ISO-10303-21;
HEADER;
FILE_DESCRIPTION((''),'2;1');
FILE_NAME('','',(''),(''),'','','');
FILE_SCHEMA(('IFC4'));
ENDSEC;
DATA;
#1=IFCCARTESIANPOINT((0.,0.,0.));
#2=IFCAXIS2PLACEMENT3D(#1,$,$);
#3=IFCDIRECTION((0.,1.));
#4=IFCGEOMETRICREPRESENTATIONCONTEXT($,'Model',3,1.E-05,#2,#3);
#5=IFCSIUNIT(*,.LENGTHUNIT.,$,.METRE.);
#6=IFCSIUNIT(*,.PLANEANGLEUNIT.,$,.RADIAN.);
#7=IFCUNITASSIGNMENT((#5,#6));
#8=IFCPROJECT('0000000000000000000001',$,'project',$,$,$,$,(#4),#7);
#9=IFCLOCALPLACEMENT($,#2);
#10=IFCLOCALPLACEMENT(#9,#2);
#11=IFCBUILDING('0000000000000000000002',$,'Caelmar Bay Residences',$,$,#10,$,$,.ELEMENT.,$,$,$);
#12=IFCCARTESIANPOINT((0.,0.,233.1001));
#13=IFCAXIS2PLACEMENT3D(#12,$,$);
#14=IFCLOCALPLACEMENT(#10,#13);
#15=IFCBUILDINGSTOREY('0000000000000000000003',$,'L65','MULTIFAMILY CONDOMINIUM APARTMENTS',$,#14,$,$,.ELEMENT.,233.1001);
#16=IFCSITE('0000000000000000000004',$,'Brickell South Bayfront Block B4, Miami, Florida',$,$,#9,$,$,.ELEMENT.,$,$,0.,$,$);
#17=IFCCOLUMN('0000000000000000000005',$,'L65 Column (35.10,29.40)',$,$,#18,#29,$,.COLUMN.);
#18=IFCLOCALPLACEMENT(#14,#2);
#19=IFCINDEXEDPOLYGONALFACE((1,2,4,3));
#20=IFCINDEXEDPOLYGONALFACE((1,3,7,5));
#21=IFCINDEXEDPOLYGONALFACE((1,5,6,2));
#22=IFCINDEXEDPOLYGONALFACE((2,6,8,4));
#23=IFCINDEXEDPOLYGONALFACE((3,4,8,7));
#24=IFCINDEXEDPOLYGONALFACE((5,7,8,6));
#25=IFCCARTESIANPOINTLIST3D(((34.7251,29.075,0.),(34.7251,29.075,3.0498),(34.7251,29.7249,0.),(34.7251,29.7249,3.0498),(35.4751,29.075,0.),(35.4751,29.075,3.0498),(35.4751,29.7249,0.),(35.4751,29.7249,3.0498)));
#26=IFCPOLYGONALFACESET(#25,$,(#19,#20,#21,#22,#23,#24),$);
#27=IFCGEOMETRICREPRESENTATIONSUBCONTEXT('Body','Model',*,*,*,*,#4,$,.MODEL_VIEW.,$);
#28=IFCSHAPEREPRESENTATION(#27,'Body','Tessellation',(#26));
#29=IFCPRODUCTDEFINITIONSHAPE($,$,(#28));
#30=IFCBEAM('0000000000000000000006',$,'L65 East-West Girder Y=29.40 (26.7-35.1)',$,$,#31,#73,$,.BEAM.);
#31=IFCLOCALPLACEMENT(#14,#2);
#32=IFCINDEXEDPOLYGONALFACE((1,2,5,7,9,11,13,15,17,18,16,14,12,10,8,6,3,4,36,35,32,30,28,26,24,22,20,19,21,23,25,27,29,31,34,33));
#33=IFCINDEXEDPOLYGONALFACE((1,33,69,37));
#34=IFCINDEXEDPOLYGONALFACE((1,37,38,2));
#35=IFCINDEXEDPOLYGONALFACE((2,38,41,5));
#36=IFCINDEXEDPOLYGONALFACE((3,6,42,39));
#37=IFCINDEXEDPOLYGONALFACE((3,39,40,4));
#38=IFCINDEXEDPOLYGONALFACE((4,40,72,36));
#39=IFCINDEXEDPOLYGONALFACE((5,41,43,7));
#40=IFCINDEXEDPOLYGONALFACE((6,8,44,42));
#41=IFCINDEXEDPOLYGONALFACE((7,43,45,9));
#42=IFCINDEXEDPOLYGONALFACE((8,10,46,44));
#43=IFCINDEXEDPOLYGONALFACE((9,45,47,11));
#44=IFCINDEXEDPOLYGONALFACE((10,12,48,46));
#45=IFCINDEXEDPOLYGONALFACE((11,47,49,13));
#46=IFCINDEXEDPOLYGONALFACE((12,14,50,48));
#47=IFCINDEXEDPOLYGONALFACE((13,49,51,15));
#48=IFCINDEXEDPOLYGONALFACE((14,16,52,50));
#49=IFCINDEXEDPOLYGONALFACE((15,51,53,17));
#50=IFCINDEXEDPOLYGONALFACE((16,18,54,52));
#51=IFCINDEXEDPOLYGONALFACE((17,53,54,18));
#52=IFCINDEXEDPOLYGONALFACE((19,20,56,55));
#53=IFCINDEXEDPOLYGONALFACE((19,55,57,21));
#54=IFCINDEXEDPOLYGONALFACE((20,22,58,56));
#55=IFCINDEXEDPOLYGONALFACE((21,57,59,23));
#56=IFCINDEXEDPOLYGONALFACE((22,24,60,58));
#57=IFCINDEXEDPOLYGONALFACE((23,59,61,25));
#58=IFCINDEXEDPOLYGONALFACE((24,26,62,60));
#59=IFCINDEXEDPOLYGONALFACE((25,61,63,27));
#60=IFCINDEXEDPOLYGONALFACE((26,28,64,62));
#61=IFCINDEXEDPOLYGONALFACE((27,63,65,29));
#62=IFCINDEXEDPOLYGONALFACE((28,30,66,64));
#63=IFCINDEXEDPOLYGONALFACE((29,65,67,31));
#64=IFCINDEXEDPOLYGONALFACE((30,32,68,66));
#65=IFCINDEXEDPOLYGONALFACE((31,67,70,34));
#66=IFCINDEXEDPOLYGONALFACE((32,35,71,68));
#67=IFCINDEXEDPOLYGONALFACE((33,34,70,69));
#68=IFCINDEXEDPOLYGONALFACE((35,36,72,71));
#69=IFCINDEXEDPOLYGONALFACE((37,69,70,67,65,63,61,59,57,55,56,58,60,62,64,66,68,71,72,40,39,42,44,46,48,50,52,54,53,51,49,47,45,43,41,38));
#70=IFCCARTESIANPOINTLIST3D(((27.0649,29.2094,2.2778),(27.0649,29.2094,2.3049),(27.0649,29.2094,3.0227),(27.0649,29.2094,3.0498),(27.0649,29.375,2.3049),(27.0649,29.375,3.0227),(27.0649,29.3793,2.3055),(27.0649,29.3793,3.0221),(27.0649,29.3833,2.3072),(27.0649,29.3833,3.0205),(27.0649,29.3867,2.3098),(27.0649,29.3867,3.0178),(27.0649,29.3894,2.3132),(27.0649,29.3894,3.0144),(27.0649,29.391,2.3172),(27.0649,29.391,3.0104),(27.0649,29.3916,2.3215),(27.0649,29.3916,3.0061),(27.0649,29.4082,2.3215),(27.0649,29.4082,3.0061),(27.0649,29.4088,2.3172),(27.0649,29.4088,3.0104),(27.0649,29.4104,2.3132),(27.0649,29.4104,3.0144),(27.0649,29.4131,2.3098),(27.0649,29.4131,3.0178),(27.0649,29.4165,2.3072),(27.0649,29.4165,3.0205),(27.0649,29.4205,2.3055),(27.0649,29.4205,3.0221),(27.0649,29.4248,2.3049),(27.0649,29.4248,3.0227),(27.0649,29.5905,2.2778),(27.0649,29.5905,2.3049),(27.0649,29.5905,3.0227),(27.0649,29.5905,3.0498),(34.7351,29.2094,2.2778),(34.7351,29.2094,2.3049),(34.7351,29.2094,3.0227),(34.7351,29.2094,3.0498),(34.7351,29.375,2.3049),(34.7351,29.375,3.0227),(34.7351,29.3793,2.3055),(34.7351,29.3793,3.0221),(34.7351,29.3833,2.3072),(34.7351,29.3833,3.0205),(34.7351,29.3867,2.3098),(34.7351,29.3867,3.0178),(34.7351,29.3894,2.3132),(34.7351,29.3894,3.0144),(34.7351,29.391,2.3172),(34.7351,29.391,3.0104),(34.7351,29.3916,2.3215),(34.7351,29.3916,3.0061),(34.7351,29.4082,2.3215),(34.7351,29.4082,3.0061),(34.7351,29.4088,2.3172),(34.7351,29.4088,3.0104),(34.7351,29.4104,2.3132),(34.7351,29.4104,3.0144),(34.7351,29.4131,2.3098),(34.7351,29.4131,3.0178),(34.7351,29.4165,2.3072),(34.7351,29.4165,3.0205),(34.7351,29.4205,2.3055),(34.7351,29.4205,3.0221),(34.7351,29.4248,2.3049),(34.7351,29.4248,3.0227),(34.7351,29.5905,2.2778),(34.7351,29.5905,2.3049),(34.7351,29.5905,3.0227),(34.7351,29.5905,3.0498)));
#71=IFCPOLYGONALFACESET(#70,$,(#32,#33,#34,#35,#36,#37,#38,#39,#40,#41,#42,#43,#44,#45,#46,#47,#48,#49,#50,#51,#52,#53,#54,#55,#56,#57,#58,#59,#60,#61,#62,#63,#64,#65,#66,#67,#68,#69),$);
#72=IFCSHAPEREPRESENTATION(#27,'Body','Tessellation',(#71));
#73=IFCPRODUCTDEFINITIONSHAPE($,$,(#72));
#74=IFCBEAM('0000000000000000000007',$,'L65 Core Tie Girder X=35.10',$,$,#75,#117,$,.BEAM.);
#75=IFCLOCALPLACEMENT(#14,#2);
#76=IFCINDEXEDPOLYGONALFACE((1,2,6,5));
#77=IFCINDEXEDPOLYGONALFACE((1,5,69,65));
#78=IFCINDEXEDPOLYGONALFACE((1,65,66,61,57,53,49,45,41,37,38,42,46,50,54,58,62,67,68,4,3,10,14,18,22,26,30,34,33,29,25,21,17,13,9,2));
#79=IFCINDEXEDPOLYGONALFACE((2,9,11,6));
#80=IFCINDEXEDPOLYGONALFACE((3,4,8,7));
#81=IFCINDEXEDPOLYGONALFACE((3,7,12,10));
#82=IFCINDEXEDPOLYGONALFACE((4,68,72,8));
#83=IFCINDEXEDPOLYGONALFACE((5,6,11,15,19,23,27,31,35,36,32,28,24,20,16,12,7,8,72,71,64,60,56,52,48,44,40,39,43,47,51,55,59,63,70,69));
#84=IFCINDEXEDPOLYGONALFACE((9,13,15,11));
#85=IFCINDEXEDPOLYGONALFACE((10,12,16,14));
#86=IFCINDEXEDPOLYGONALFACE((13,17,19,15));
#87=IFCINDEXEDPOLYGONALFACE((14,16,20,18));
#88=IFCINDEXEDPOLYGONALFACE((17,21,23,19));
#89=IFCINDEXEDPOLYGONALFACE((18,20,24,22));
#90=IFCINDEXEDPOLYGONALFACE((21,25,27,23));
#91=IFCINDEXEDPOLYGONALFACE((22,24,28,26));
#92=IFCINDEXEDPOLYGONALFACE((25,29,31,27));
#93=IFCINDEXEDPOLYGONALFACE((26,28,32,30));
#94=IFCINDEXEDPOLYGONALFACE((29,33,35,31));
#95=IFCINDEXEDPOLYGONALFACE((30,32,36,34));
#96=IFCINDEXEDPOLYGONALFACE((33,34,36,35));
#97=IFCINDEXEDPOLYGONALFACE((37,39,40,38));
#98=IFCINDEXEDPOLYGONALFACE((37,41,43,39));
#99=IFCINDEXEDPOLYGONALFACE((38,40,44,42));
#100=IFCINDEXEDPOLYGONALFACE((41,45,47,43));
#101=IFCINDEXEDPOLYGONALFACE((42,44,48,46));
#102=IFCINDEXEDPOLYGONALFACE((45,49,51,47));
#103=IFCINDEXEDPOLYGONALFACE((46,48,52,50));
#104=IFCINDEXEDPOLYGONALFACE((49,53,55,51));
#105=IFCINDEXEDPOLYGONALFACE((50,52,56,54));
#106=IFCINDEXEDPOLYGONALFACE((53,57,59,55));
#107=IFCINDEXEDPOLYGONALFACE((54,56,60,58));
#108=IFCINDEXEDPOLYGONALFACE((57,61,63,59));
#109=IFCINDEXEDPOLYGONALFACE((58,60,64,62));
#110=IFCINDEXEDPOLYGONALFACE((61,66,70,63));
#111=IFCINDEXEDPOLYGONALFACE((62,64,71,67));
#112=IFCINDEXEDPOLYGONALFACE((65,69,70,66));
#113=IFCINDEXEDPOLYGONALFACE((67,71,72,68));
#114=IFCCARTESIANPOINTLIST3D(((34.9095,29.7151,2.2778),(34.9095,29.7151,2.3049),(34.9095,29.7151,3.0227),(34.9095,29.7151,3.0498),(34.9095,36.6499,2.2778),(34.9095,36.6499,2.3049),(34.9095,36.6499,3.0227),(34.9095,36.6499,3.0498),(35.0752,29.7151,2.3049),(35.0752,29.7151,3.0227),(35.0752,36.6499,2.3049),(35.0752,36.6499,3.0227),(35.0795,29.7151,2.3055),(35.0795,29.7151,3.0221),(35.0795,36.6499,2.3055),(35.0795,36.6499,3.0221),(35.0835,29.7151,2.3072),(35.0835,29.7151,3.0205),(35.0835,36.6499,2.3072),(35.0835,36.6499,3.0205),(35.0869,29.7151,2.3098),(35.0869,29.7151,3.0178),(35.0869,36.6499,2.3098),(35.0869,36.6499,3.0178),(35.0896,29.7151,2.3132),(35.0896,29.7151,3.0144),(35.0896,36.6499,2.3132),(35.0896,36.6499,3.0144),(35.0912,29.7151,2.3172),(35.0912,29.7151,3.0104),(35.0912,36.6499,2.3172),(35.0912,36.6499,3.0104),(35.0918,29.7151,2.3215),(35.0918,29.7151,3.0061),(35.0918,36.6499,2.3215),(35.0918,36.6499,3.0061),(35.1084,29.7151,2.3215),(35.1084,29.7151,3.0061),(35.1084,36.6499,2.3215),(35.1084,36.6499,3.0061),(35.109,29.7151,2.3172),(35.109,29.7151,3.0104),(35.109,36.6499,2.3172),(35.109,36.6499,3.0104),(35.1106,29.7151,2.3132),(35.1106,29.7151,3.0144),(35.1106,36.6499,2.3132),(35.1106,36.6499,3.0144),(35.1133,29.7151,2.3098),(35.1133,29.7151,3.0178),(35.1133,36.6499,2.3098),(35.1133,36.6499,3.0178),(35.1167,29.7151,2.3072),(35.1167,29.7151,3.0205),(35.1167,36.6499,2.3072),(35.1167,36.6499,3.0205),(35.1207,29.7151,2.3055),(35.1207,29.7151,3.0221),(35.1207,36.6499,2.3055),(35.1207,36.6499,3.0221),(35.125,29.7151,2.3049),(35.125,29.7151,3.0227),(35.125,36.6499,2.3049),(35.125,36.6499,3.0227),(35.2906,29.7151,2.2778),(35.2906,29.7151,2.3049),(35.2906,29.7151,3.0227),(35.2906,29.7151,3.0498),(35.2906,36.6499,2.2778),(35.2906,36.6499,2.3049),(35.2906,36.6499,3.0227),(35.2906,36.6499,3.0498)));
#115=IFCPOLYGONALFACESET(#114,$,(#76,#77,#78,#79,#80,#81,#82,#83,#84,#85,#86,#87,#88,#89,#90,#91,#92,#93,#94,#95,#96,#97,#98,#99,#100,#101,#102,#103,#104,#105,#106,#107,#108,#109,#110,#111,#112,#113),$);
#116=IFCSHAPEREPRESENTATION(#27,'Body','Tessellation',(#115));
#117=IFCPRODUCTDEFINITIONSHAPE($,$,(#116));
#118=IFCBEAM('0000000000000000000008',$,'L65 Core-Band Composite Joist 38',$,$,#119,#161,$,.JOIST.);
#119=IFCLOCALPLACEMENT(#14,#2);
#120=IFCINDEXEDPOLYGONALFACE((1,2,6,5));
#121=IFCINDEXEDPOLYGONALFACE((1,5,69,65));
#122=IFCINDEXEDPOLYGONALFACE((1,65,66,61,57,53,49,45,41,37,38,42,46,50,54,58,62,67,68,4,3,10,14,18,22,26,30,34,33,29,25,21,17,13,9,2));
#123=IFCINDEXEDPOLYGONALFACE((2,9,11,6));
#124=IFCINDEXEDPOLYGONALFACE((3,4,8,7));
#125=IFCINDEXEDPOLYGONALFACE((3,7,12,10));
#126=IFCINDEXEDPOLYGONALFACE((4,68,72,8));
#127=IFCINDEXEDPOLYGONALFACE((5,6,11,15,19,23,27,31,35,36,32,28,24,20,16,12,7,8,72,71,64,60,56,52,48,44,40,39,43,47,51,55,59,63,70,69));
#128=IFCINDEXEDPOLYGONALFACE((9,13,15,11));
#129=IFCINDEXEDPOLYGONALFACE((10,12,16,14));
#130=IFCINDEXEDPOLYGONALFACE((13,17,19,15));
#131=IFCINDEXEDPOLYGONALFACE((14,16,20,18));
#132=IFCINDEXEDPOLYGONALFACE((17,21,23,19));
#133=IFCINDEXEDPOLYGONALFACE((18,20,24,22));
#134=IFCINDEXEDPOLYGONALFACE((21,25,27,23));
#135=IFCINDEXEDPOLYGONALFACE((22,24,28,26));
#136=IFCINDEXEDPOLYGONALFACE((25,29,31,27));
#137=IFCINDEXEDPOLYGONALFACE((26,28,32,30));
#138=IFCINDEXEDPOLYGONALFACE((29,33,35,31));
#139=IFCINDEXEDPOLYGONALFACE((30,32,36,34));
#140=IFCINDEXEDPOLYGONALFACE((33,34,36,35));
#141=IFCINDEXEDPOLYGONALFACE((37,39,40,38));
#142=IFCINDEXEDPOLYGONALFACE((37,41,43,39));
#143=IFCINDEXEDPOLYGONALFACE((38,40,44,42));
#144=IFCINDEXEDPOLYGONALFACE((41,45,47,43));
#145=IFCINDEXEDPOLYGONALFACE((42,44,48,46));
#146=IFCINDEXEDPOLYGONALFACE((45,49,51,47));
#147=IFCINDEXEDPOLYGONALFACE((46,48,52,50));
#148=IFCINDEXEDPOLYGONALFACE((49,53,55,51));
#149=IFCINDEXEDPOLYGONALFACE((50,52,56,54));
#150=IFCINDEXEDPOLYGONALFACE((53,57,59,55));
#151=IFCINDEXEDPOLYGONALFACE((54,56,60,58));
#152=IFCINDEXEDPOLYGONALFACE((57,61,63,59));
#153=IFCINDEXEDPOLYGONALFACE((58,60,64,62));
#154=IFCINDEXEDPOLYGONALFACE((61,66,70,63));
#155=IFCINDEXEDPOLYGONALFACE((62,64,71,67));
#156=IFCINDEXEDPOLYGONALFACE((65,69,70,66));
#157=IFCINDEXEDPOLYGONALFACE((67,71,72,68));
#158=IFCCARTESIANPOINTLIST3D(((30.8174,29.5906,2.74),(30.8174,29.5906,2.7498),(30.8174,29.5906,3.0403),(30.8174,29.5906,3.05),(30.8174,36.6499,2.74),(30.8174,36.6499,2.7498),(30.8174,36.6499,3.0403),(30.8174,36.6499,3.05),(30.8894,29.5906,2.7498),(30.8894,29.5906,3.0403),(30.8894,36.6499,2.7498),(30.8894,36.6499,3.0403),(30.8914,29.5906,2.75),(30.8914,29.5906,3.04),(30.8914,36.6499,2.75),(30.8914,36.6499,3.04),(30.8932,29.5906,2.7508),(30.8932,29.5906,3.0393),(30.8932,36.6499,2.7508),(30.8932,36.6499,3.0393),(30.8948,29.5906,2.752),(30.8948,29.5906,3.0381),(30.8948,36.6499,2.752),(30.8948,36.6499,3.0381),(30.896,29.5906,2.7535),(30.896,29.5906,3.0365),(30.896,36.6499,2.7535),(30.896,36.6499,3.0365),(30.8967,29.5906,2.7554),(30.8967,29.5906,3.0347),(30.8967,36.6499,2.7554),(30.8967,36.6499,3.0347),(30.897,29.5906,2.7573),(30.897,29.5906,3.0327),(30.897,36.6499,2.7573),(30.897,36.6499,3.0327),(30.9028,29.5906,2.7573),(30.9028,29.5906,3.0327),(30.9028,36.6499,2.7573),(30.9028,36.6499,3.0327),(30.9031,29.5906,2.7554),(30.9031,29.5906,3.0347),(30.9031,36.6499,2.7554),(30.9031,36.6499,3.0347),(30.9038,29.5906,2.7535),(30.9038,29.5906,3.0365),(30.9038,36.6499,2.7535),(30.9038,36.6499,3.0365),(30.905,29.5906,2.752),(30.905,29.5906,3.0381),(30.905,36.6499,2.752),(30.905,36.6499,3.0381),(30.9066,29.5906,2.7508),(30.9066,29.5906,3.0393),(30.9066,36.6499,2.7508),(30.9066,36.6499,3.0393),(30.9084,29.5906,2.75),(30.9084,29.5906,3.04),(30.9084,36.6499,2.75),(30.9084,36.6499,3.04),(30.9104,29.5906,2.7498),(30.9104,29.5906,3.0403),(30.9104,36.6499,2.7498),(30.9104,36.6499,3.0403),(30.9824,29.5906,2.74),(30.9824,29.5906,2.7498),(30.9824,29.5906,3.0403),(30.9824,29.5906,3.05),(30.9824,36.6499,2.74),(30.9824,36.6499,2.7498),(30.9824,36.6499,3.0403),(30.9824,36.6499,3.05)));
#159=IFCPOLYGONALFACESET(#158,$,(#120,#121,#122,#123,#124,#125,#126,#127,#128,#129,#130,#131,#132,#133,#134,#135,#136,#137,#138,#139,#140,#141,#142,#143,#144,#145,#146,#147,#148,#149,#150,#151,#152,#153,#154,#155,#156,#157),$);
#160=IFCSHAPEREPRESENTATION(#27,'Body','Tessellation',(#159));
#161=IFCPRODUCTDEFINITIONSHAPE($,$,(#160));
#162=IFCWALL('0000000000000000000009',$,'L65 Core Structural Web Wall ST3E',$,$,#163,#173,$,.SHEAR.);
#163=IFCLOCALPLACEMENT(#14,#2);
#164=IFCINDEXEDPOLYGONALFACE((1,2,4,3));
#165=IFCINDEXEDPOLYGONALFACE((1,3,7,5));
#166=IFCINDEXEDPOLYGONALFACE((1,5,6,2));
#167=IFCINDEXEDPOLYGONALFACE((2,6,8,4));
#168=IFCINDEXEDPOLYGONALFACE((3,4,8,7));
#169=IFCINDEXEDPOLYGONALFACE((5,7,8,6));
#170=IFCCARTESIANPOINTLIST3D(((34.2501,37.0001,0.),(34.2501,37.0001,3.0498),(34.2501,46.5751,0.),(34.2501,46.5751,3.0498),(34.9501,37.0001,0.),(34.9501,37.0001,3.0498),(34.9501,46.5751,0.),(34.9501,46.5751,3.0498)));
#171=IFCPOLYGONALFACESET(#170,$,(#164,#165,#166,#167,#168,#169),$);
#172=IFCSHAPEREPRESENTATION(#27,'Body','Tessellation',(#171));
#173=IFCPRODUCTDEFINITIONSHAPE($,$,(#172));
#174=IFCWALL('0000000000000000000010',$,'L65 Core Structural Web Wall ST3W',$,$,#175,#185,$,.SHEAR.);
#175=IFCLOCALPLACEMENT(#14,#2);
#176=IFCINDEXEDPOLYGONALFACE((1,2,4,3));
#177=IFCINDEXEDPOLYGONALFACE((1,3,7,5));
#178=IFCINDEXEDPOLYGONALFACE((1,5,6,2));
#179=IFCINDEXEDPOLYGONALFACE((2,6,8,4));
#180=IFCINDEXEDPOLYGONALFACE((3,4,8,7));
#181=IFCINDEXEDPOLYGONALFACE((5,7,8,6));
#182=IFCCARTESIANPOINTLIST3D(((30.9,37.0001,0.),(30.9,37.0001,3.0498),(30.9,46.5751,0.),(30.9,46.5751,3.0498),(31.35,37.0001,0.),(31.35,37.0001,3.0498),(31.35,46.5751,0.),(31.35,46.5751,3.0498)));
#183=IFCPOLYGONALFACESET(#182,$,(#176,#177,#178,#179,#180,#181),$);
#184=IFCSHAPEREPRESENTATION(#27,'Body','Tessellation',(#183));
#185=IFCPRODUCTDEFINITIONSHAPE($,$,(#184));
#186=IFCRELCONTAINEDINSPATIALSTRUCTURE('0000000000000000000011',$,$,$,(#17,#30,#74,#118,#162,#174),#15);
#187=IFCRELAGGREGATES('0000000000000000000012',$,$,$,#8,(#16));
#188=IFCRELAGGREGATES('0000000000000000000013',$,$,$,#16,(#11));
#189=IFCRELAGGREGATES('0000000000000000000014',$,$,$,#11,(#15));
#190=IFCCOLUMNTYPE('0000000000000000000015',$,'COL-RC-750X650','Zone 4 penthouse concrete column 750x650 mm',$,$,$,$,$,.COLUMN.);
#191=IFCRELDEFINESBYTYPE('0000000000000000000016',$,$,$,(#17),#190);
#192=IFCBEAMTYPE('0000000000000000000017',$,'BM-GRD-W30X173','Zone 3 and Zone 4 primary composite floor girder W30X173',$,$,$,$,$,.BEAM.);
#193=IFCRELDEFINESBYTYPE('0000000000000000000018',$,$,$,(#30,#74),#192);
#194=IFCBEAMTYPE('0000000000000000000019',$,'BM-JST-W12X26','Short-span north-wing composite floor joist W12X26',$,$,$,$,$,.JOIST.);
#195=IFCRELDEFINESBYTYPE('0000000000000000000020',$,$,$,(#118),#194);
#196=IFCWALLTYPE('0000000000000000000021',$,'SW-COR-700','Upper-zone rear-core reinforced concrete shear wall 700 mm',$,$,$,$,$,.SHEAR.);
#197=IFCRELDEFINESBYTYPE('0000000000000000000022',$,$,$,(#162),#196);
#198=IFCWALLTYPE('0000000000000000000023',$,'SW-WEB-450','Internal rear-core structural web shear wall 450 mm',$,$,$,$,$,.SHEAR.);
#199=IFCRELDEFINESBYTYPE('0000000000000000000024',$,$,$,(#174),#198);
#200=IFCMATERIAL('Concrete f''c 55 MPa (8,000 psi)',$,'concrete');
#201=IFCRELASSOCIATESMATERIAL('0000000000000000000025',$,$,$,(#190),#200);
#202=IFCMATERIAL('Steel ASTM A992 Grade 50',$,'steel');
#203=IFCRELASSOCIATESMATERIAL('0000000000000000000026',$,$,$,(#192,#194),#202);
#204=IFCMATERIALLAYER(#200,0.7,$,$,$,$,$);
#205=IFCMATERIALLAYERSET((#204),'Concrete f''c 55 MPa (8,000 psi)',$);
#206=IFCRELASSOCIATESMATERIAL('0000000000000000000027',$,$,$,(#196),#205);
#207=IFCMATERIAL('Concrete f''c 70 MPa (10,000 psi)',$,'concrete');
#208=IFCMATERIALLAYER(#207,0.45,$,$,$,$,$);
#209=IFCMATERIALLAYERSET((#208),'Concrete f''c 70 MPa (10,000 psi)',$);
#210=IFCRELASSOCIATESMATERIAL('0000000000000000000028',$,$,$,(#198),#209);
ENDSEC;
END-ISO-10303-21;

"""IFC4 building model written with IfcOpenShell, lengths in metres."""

from ifc_helpers import new_model, si_unit, direction, frame, frame_2d, origin, origin_2d, place, context, subcontext, project, spatial, rectangle, i_section, extrude, material, layer, layer_set, material_profile, profile_set, type_object, element, save


model = new_model("IFC4")

# Units and contexts
model_context = context("Model", 3, precision=1e-05, world=origin(), true_north=direction((0.0, 1.0)))
body_context = subcontext(model_context, "Body", "Model", "MODEL_VIEW")
ifc_project = project(units=[si_unit("LENGTHUNIT", "METRE"), si_unit("PLANEANGLEUNIT", "RADIAN")], contexts=[model_context])

# Site, building, storey
site_placement = place(None, origin())
site = spatial("IfcSite", under=ifc_project, at=site_placement, Name="Brickell South Bayfront Block B4, Miami, Florida", CompositionType="ELEMENT", RefElevation=0.0)
building_placement = place(site_placement, origin())
building = spatial("IfcBuilding", under=site, at=building_placement, Name="Caelmar Bay Residences", CompositionType="ELEMENT")
storey_placement = place(building_placement, frame((0.0, 0.0, 233.1001)))
storey = spatial("IfcBuildingStorey", under=building, at=storey_placement, Name="L65", Description="MULTIFAMILY CONDOMINIUM APARTMENTS", CompositionType="ELEMENT", Elevation=233.1001)

# Column
ifc_material_1 = material(Name="Concrete f'c 55 MPa (8,000 psi)", Category="concrete")
ifc_material_profile_1 = material_profile(ifc_material_1, rectangle(XDim=0.75, YDim=0.6499, at=origin_2d()), Name="RC-COL-750X650")
ifc_profile_set_1 = profile_set([ifc_material_profile_1], Name="Concrete f'c 55 MPa (8,000 psi)")
column_type = type_object("IfcColumnType", Name="COL-RC-750X650", Description="Zone 4 penthouse concrete column 750x650 mm", PredefinedType="COLUMN", material=ifc_profile_set_1)
column_placement = place(storey_placement, frame((35.1001, 29.3999, 0.0), z_axis=(0.0, 0.0, 1.0), x_axis=(1.0, 0.0, 0.0)))
element("IfcColumn", 1, at=column_placement, inside=storey, type_object=column_type, Name="L65 Column (35.10,29.40)", PredefinedType="COLUMN", context=body_context, shape_type="SweptSolid", body=[
    extrude(rectangle(XDim=0.75, YDim=0.6499, at=origin_2d()), origin(), (0.0, 0.0, 1.0), 3.0498),
])

# Beams
ifc_material_2 = material(Name="Steel ASTM A992 Grade 50", Category="steel")
ifc_material_profile_2 = material_profile(ifc_material_2, i_section(OverallWidth=0.3811, OverallDepth=0.772, WebThickness=0.0166, FlangeThickness=0.0271, FilletRadius=0.0166, at=origin_2d()), Name="W30X173")
ifc_profile_set_2 = profile_set([ifc_material_profile_2], Name="Steel ASTM A992 Grade 50")
beam_type_1 = type_object("IfcBeamType", Name="BM-GRD-W30X173", Description="Zone 3 and Zone 4 primary composite floor girder W30X173", PredefinedType="BEAM", material=ifc_profile_set_2)
beam_1_placement = place(storey_placement, frame((27.0649, 29.3999, 2.6638), z_axis=(1.0, 0.0, 0.0), x_axis=(0.0, 1.0, 0.0)))
element("IfcBeam", 2, at=beam_1_placement, inside=storey, type_object=beam_type_1, Name="L65 East-West Girder Y=29.40 (26.7-35.1)", PredefinedType="BEAM", context=body_context, shape_type="SweptSolid", body=[
    extrude(i_section(OverallWidth=0.3811, OverallDepth=0.772, WebThickness=0.0166, FlangeThickness=0.0271, FilletRadius=0.0166, at=origin_2d()), origin(), (0.0, 0.0, 1.0), 7.6702),
])
beam_2_placement = place(storey_placement, frame((35.1001, 29.7151, 2.6638), z_axis=(0.0, 1.0, 0.0), x_axis=(-1.0, 0.0, 0.0)))
element("IfcBeam", 3, at=beam_2_placement, inside=storey, type_object=beam_type_1, Name="L65 Core Tie Girder X=35.10", PredefinedType="BEAM", context=body_context, shape_type="SweptSolid", body=[
    extrude(i_section(OverallWidth=0.3811, OverallDepth=0.772, WebThickness=0.0166, FlangeThickness=0.0271, FilletRadius=0.0166, at=origin_2d()), origin(), (0.0, 0.0, 1.0), 6.9348),
])
ifc_material_profile_3 = material_profile(ifc_material_2, i_section(OverallWidth=0.165, OverallDepth=0.3101, WebThickness=0.0059, FlangeThickness=0.0098, FilletRadius=0.0076, at=origin_2d()), Name="W12X26")
ifc_profile_set_3 = profile_set([ifc_material_profile_3], Name="Steel ASTM A992 Grade 50")
beam_type_2 = type_object("IfcBeamType", Name="BM-JST-W12X26", Description="Short-span north-wing composite floor joist W12X26", PredefinedType="JOIST", material=ifc_profile_set_3)
beam_3_placement = place(storey_placement, frame((30.8999, 29.5906, 2.895), z_axis=(0.0, 1.0, 0.0), x_axis=(-1.0, 0.0, 0.0)))
element("IfcBeam", 4, at=beam_3_placement, inside=storey, type_object=beam_type_2, Name="L65 Core-Band Composite Joist 38", PredefinedType="JOIST", context=body_context, shape_type="SweptSolid", body=[
    extrude(i_section(OverallWidth=0.165, OverallDepth=0.3101, WebThickness=0.0059, FlangeThickness=0.0098, FilletRadius=0.0076, at=origin_2d()), origin(), (0.0, 0.0, 1.0), 7.0593),
])

# Walls
ifc_layer_1 = layer(ifc_material_1, 0.7)
ifc_layer_set_1 = layer_set([ifc_layer_1], Name="Concrete f'c 55 MPa (8,000 psi)")
wall_type_1 = type_object("IfcWallType", Name="SW-COR-700", Description="Upper-zone rear-core reinforced concrete shear wall 700 mm", PredefinedType="SHEAR", material=ifc_layer_set_1)
wall_1_placement = place(storey_placement, frame((34.6001, 37.0, 0.0), z_axis=(0.0, 0.0, 1.0), x_axis=(0.0, 1.0, 0.0)))
element("IfcWall", 5, at=wall_1_placement, inside=storey, type_object=wall_type_1, Name="L65 Core Structural Web Wall ST3E", PredefinedType="SHEAR", context=body_context, shape_type="SweptSolid", body=[
    extrude(rectangle(XDim=9.575, YDim=0.7, at=frame_2d((4.7876, 0.0))), origin(), (0.0, 0.0, 1.0), 3.0498),
])
ifc_material_3 = material(Name="Concrete f'c 70 MPa (10,000 psi)", Category="concrete")
ifc_layer_2 = layer(ifc_material_3, 0.45)
ifc_layer_set_2 = layer_set([ifc_layer_2], Name="Concrete f'c 70 MPa (10,000 psi)")
wall_type_2 = type_object("IfcWallType", Name="SW-WEB-450", Description="Internal rear-core structural web shear wall 450 mm", PredefinedType="SHEAR", material=ifc_layer_set_2)
wall_2_placement = place(storey_placement, frame((31.125, 37.0, 0.0), z_axis=(0.0, 0.0, 1.0), x_axis=(0.0, 1.0, 0.0)))
element("IfcWall", 6, at=wall_2_placement, inside=storey, type_object=wall_type_2, Name="L65 Core Structural Web Wall ST3W", PredefinedType="SHEAR", context=body_context, shape_type="SweptSolid", body=[
    extrude(rectangle(XDim=9.575, YDim=0.45, at=frame_2d((4.7876, 0.0))), origin(), (0.0, 0.0, 1.0), 3.0498),
])

save(model, "model.ifc")
